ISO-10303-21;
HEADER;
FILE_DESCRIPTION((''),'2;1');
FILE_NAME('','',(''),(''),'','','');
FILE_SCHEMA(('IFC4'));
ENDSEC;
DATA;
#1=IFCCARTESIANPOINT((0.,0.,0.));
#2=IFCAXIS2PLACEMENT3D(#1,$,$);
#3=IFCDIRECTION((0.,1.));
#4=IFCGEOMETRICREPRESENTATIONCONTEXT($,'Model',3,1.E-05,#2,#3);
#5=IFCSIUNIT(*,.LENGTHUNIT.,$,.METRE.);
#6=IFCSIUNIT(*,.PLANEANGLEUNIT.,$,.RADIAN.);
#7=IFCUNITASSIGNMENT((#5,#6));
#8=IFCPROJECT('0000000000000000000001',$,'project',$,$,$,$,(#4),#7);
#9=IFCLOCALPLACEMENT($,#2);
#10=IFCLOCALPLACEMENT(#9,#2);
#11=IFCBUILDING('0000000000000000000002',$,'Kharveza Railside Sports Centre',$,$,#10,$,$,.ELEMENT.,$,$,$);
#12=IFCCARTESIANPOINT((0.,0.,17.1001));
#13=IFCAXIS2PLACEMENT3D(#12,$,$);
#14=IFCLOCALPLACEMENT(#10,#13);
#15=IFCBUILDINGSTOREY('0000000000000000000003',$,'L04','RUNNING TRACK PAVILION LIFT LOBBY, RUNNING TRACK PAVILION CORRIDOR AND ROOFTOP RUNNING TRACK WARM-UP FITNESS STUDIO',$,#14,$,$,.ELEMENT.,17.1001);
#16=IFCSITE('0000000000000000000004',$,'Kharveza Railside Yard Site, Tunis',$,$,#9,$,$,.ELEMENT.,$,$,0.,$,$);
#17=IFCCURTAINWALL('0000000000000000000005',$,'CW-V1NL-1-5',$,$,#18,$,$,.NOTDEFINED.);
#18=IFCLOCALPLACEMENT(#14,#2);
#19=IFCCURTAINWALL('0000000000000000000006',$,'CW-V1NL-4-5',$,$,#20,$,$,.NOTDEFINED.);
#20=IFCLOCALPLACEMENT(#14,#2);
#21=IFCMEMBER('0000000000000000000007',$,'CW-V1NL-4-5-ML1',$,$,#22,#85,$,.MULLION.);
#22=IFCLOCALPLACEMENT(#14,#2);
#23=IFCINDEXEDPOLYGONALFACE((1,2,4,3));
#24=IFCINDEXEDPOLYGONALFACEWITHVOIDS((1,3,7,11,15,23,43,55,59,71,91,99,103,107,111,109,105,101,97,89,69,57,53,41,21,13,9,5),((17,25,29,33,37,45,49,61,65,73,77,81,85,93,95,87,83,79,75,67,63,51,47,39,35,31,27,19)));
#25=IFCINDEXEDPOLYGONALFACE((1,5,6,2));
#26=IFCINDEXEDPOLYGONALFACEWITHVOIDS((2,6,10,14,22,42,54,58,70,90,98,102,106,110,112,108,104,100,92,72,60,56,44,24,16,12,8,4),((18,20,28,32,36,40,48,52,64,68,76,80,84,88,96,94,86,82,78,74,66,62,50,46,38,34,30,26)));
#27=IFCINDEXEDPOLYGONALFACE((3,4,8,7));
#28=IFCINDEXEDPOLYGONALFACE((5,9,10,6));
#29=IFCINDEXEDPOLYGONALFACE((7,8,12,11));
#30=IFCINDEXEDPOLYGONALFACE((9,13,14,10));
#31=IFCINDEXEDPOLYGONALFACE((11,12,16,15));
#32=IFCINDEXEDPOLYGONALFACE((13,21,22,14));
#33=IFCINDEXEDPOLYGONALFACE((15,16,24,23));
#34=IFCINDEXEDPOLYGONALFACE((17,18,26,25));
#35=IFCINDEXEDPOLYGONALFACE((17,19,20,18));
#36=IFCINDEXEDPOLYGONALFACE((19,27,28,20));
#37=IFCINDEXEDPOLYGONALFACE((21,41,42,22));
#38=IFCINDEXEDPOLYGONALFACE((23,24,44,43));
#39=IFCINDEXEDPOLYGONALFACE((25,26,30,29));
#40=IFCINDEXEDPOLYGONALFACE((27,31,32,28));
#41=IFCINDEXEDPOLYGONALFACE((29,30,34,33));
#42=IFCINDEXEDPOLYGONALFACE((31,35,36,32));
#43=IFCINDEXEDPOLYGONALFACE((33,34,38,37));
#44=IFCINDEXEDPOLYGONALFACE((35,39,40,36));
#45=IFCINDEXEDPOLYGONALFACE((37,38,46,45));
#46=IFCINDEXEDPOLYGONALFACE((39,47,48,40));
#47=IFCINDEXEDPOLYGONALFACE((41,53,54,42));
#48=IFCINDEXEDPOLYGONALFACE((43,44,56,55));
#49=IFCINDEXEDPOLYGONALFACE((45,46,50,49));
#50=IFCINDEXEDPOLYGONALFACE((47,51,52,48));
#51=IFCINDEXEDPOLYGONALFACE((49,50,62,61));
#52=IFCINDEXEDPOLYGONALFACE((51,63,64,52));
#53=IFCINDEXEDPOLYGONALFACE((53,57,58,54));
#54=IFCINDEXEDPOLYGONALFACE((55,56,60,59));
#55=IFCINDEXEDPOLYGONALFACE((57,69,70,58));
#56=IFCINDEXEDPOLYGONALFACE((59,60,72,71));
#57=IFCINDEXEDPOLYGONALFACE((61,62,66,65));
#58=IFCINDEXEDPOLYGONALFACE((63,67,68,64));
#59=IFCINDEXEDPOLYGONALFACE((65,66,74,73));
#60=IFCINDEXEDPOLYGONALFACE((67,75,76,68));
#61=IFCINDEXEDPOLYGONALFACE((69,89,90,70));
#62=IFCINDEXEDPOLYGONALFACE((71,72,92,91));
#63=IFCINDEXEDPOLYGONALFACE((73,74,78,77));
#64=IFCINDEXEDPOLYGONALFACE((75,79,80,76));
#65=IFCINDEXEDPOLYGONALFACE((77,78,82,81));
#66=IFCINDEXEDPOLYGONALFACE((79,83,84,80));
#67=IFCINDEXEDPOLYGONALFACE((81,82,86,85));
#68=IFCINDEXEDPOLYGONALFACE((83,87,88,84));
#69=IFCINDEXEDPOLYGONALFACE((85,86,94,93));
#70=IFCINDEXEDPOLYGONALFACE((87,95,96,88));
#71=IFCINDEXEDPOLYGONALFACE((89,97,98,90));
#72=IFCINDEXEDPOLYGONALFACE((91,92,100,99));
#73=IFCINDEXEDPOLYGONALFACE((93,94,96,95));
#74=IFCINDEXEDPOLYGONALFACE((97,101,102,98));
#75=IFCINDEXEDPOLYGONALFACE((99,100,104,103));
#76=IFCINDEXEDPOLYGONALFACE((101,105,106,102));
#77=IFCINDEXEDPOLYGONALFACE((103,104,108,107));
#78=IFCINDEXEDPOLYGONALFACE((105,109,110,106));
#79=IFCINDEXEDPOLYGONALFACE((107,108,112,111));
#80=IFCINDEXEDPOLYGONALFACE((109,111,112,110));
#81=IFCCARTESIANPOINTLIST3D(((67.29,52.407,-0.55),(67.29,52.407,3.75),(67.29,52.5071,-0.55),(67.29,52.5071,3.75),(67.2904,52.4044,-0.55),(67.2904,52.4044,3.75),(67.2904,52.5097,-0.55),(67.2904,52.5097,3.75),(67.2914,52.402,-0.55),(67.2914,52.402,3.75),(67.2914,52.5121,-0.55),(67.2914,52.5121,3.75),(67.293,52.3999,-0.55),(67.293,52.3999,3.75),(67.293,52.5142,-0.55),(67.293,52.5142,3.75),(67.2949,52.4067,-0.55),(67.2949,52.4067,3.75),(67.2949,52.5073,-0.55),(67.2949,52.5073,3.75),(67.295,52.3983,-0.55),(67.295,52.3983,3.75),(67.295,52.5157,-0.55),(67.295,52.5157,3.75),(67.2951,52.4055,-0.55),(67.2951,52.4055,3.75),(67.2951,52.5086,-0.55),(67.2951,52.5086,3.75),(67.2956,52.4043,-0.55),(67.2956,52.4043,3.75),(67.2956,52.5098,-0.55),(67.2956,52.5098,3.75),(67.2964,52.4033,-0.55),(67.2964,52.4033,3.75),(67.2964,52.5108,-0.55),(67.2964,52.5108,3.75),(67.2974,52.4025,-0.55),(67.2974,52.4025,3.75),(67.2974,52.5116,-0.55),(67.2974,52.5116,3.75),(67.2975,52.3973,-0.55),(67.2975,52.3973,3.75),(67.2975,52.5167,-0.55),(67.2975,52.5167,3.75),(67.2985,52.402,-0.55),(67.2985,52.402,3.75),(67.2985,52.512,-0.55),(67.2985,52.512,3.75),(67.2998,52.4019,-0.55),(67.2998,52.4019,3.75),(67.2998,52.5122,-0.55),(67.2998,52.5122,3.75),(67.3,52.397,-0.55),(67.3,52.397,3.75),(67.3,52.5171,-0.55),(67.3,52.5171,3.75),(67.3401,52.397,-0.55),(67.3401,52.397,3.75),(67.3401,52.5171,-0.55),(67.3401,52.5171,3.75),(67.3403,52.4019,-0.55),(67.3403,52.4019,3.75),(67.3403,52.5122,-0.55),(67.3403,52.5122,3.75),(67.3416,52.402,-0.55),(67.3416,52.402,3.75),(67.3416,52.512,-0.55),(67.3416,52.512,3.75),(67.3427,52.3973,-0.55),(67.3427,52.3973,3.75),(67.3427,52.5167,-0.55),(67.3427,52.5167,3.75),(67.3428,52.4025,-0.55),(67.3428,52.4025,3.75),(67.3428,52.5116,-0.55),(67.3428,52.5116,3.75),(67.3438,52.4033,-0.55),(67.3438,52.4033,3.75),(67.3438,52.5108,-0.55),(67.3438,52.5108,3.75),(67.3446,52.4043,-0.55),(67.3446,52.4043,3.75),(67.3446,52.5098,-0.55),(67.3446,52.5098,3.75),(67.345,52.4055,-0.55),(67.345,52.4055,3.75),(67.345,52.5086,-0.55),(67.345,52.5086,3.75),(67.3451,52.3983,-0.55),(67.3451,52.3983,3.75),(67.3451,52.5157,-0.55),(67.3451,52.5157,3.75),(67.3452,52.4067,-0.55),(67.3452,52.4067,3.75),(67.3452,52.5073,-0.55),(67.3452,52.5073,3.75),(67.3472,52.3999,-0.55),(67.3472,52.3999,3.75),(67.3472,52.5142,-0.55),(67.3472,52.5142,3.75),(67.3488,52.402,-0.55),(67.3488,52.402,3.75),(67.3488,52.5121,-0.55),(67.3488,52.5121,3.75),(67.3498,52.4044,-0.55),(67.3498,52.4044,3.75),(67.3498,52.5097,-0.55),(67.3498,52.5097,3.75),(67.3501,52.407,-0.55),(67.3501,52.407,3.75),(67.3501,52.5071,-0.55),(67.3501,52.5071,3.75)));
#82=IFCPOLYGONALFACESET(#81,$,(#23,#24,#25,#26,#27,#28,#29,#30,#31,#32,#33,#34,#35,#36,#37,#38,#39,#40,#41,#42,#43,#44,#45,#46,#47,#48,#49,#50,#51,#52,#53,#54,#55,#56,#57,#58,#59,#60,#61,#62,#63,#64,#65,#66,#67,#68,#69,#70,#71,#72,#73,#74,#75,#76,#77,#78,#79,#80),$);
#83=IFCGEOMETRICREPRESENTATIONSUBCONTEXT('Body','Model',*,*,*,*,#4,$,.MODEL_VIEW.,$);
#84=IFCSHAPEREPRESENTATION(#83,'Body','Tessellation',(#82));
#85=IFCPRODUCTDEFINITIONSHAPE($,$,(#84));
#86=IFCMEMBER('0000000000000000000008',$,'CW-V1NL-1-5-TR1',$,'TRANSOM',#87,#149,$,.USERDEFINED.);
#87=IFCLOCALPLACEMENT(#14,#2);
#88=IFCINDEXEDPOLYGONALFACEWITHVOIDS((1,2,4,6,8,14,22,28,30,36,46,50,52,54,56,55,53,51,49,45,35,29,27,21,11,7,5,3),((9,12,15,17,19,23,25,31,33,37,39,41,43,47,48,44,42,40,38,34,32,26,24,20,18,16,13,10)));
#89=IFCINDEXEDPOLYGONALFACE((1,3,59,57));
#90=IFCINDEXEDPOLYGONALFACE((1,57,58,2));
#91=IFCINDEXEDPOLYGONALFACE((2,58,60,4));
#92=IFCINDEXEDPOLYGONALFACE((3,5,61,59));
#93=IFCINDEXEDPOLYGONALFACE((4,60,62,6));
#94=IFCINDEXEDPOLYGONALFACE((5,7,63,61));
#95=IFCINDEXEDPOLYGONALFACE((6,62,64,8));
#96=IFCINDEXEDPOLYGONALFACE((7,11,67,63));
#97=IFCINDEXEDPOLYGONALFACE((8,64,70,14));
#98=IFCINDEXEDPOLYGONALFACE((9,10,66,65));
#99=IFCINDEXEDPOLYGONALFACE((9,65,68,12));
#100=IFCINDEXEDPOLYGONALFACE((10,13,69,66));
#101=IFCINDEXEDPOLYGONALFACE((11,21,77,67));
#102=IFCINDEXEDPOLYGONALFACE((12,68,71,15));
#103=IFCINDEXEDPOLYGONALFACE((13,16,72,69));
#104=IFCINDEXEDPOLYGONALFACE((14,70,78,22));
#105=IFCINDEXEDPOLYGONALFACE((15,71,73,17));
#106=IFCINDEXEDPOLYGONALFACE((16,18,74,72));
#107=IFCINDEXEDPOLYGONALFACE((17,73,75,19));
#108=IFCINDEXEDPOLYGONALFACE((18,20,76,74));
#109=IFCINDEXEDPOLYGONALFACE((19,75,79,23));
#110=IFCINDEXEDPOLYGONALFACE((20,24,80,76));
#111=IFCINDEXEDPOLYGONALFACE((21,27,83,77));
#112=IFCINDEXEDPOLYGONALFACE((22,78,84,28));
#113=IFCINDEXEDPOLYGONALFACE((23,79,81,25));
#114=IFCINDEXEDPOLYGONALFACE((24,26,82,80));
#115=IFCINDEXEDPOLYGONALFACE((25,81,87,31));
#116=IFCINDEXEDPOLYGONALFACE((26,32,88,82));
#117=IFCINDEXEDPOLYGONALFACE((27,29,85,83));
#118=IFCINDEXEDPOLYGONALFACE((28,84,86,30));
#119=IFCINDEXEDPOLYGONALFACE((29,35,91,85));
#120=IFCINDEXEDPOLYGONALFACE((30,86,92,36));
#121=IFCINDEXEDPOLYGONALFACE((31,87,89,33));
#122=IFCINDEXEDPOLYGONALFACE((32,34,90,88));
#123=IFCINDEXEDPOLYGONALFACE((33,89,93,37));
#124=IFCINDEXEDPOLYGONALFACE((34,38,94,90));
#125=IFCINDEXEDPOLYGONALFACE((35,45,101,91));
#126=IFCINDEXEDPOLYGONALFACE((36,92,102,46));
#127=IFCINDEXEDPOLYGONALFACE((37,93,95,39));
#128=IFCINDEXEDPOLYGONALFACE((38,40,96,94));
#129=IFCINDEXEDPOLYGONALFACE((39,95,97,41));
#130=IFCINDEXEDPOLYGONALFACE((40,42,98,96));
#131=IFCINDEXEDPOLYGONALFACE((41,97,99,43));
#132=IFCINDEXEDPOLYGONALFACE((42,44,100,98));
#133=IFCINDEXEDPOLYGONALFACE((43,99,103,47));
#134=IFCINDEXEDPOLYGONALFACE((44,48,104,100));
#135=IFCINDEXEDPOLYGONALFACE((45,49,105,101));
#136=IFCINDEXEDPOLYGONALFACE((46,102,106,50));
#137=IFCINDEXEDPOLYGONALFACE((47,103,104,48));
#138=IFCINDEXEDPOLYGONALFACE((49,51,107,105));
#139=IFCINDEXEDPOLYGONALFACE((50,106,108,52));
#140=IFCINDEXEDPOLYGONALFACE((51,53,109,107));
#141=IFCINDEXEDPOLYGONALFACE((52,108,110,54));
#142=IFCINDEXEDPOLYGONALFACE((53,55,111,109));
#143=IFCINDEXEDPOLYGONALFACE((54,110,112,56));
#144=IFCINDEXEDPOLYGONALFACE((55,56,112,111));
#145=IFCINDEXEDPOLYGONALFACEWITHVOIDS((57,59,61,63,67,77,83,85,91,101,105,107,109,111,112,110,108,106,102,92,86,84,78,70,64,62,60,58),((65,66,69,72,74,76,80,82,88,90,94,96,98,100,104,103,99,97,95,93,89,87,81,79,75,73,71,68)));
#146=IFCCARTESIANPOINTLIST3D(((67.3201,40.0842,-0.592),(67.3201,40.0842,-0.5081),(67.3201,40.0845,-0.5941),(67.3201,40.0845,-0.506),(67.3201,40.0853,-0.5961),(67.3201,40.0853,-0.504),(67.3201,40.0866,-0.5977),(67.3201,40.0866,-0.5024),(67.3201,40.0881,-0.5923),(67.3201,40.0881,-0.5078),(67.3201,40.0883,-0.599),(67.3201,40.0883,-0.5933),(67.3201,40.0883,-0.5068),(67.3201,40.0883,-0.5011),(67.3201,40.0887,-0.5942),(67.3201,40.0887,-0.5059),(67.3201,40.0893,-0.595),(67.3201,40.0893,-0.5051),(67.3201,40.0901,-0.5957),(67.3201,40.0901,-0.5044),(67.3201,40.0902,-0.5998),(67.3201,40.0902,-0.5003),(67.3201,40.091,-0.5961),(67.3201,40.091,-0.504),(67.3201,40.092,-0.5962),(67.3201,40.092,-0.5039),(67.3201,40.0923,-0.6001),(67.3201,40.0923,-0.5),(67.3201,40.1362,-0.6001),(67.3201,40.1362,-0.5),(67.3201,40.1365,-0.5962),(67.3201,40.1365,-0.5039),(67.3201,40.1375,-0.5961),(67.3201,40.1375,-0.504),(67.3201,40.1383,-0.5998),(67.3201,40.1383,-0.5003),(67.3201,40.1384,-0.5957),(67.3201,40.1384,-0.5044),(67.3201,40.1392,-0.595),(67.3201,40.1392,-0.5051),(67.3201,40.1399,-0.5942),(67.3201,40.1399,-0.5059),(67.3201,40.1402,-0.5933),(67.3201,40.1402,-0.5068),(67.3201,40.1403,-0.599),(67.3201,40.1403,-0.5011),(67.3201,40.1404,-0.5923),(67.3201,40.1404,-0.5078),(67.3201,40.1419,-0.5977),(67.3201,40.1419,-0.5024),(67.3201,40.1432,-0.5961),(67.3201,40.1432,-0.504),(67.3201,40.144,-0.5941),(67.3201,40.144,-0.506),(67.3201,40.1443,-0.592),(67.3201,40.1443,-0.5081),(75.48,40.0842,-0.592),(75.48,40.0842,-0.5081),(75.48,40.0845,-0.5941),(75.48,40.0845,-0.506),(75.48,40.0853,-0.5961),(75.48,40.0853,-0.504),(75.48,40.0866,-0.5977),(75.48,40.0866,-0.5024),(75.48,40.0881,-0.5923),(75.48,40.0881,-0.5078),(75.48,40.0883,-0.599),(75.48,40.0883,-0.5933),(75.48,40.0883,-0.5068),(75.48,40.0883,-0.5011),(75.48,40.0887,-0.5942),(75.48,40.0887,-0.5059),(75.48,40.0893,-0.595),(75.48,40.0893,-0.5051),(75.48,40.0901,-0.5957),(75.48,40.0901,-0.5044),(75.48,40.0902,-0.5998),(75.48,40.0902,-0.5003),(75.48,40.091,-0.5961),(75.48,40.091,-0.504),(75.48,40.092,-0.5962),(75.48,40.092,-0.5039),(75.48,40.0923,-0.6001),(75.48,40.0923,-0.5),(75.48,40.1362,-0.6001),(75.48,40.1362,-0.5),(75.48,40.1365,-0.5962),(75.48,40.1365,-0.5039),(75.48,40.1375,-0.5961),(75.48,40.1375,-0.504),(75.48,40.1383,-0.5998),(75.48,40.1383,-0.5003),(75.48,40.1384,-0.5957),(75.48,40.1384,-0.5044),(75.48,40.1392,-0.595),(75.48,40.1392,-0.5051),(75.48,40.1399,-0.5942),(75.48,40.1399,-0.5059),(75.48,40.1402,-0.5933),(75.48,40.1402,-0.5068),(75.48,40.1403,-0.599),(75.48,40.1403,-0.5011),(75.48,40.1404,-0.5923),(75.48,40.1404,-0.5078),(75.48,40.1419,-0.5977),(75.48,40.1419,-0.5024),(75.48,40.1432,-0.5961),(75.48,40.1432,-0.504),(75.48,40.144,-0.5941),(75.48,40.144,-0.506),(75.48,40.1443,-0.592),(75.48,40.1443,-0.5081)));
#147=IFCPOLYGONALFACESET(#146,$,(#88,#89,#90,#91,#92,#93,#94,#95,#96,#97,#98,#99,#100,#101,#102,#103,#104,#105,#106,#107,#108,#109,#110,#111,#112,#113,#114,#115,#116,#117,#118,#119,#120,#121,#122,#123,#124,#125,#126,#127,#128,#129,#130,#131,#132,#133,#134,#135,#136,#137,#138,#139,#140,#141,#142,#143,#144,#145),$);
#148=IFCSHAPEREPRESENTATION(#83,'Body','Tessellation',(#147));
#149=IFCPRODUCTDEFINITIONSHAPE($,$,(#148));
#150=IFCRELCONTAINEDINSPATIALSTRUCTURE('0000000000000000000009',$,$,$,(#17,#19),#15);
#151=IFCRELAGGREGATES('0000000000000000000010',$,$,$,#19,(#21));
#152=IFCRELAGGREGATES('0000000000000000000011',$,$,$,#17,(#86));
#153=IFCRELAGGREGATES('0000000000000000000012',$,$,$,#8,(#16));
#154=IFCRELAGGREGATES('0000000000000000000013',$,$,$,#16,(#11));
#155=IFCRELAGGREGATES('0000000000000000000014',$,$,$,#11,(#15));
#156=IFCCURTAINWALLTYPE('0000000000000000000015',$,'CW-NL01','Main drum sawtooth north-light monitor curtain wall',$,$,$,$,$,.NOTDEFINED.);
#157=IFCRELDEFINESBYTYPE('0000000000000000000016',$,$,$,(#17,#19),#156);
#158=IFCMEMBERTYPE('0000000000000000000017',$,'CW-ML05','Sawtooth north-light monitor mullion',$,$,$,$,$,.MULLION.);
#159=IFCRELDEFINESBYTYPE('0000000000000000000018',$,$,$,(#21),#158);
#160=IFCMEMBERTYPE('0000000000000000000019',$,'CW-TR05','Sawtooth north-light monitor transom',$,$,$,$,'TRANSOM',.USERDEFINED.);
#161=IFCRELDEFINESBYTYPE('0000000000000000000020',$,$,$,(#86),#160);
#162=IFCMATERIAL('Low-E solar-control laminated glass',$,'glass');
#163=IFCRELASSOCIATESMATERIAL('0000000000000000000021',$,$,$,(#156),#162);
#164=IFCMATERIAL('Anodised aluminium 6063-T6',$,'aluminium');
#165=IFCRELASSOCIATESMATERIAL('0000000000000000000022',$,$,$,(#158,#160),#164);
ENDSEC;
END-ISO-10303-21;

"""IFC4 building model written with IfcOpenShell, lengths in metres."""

from ifc_helpers import new_model, si_unit, direction, frame, origin, origin_2d, place, context, subcontext, project, spatial, hollow_rectangle, extrude, material, material_profile, profile_set, type_object, element, aggregate, save


model = new_model("IFC4")

# Units and contexts
model_context = context("Model", 3, precision=1e-05, world=origin(), true_north=direction((0.0, 1.0)))
body_context = subcontext(model_context, "Body", "Model", "MODEL_VIEW")
ifc_project = project(units=[si_unit("LENGTHUNIT", "METRE"), si_unit("PLANEANGLEUNIT", "RADIAN")], contexts=[model_context])

# Site, building, storey
site_placement = place(None, origin())
site = spatial("IfcSite", under=ifc_project, at=site_placement, Name="Kharveza Railside Yard Site, Tunis", CompositionType="ELEMENT", RefElevation=0.0)
building_placement = place(site_placement, origin())
building = spatial("IfcBuilding", under=site, at=building_placement, Name="Kharveza Railside Sports Centre", CompositionType="ELEMENT")
storey_placement = place(building_placement, frame((0.0, 0.0, 17.1001)))
storey = spatial("IfcBuildingStorey", under=building, at=storey_placement, Name="L04", Description="RUNNING TRACK PAVILION LIFT LOBBY, RUNNING TRACK PAVILION CORRIDOR AND ROOFTOP RUNNING TRACK WARM-UP FITNESS STUDIO", CompositionType="ELEMENT", Elevation=17.1001)

# Curtain wall
ifc_material_1 = material(Name="Low-E solar-control laminated glass", Category="glass")
curtain_wall_type = type_object("IfcCurtainWallType", Name="CW-NL01", Description="Main drum sawtooth north-light monitor curtain wall", PredefinedType="NOTDEFINED", material=ifc_material_1)
curtain_wall_1_placement = place(storey_placement, origin())
curtain_wall_1 = element("IfcCurtainWall", 1, at=curtain_wall_1_placement, inside=storey, type_object=curtain_wall_type, Name="CW-V1NL-1-5", PredefinedType="NOTDEFINED")
ifc_material_2 = material(Name="Anodised aluminium 6063-T6", Category="aluminium")
ifc_material_profile_1 = material_profile(ifc_material_2, hollow_rectangle(XDim=0.0601, YDim=0.1201, WallThickness=0.0049, InnerFilletRadius=0.0049, OuterFilletRadius=0.01, at=origin_2d()), Name="RHS 60x120x5.0")
ifc_profile_set_1 = profile_set([ifc_material_profile_1], Name="Anodised aluminium 6063-T6")
member_type_1 = type_object("IfcMemberType", Name="CW-ML05", Description="Sawtooth north-light monitor mullion", PredefinedType="MULLION", material=ifc_profile_set_1)

# Curtain wall, member
curtain_wall_2_placement = place(storey_placement, origin())
curtain_wall_2 = element("IfcCurtainWall", 2, at=curtain_wall_2_placement, inside=storey, type_object=curtain_wall_type, Name="CW-V1NL-4-5", PredefinedType="NOTDEFINED")
member_1_placement = place(storey_placement, frame((67.3201, 52.457, -0.55), z_axis=(0.0, 0.0, 1.0), x_axis=(1.0, 0.0, 0.0)))
member_1 = element("IfcMember", 3, at=member_1_placement, type_object=member_type_1, Name="CW-V1NL-4-5-ML1", PredefinedType="MULLION", context=body_context, shape_type="SweptSolid", body=[
    extrude(hollow_rectangle(XDim=0.0601, YDim=0.1201, WallThickness=0.0049, InnerFilletRadius=0.0049, OuterFilletRadius=0.01, at=origin_2d()), origin(), (0.0, 0.0, 1.0), 4.3),
])

# Member
ifc_material_profile_2 = material_profile(ifc_material_2, hollow_rectangle(XDim=0.0601, YDim=0.1001, WallThickness=0.0039, InnerFilletRadius=0.0039, OuterFilletRadius=0.0081, at=origin_2d()), Name="RHS 60x100x4.0")
ifc_profile_set_2 = profile_set([ifc_material_profile_2], Name="Anodised aluminium 6063-T6")
member_type_2 = type_object("IfcMemberType", Name="CW-TR05", Description="Sawtooth north-light monitor transom", ElementType="TRANSOM", PredefinedType="USERDEFINED", material=ifc_profile_set_2)
member_2_placement = place(storey_placement, frame((67.3201, 40.1143, -0.55), z_axis=(1.0, 0.0, 0.0), x_axis=(0.0, 1.0, 0.0)))
member_2 = element("IfcMember", 4, at=member_2_placement, type_object=member_type_2, Name="CW-V1NL-1-5-TR1", ObjectType="TRANSOM", PredefinedType="USERDEFINED", context=body_context, shape_type="SweptSolid", body=[
    extrude(hollow_rectangle(XDim=0.0601, YDim=0.1001, WallThickness=0.0039, InnerFilletRadius=0.0039, OuterFilletRadius=0.0081, at=origin_2d()), origin(), (0.0, 0.0, 1.0), 8.1599),
])
aggregate(curtain_wall_2, [member_1])

aggregate(curtain_wall_1, [member_2])

save(model, "model.ifc")
